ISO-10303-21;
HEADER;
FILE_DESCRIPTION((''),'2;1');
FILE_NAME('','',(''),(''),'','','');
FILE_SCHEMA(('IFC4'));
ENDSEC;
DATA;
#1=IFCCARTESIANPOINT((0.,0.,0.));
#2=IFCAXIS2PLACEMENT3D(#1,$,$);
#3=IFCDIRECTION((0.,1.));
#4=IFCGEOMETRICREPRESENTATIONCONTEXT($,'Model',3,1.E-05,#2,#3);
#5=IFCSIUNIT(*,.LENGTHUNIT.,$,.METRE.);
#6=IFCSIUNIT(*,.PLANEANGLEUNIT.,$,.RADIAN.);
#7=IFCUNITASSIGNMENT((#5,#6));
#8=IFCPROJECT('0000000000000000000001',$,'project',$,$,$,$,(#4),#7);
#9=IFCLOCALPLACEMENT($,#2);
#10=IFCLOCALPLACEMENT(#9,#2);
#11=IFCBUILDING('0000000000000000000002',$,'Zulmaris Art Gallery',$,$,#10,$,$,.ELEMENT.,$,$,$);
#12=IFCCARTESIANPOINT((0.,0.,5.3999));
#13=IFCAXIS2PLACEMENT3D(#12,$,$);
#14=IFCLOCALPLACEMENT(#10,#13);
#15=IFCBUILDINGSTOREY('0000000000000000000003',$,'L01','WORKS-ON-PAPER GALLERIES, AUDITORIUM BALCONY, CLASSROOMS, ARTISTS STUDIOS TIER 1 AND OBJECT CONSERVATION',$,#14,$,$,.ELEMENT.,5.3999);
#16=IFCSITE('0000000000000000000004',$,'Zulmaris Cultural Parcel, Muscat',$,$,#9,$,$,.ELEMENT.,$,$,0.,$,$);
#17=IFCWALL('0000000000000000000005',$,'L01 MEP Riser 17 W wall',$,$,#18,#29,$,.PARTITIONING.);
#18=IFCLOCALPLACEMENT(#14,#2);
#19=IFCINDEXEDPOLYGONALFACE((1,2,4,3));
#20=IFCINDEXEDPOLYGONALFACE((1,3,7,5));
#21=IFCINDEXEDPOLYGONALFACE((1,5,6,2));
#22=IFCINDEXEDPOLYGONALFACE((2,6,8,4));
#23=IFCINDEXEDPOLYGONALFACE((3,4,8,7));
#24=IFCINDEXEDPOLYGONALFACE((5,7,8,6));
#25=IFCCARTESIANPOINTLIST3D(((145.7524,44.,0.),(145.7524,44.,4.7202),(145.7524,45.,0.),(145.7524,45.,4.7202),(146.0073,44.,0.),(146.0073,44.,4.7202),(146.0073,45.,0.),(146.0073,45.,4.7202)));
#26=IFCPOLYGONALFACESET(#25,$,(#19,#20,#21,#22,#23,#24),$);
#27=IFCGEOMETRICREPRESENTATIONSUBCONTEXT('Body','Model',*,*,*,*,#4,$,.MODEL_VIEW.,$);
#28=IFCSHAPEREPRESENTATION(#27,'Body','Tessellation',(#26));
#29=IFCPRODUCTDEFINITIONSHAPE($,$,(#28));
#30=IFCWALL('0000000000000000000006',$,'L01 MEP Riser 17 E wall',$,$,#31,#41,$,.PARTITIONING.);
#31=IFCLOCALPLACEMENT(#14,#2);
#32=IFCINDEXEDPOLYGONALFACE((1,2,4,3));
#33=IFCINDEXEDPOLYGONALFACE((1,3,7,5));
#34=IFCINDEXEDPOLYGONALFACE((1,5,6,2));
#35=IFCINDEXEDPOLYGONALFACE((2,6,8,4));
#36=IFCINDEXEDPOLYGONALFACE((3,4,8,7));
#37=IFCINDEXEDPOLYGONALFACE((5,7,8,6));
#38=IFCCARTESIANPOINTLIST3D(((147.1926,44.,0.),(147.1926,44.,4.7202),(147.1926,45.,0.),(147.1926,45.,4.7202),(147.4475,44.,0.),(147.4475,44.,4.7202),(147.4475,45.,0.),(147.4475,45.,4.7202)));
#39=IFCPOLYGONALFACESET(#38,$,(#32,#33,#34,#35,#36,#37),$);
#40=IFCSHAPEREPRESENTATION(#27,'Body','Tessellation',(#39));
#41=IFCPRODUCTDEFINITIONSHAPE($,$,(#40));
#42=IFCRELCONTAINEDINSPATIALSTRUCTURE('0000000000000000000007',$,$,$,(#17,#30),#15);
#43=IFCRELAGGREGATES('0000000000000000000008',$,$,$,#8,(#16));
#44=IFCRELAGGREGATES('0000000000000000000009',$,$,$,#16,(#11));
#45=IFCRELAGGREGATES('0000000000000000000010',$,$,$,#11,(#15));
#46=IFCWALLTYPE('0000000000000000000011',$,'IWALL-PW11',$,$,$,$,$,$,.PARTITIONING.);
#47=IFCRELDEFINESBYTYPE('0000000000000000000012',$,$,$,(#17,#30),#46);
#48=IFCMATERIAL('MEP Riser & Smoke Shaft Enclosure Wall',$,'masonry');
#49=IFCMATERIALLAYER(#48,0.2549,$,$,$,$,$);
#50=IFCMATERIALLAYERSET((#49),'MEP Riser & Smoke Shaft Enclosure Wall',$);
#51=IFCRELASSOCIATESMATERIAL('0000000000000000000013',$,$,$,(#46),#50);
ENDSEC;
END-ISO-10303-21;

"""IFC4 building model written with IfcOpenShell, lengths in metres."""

from ifc_helpers import new_model, si_unit, direction, frame, frame_2d, origin, place, context, subcontext, project, spatial, rectangle, extrude, material, layer, layer_set, type_object, element, save


model = new_model("IFC4")

# Units and contexts
model_context = context("Model", 3, precision=1e-05, world=origin(), true_north=direction((0.0, 1.0)))
body_context = subcontext(model_context, "Body", "Model", "MODEL_VIEW")
ifc_project = project(units=[si_unit("LENGTHUNIT", "METRE"), si_unit("PLANEANGLEUNIT", "RADIAN")], contexts=[model_context])

# Site, building, storey
site_placement = place(None, origin())
site = spatial("IfcSite", under=ifc_project, at=site_placement, Name="Zulmaris Cultural Parcel, Muscat", CompositionType="ELEMENT", RefElevation=0.0)
building_placement = place(site_placement, origin())
building = spatial("IfcBuilding", under=site, at=building_placement, Name="Zulmaris Art Gallery", CompositionType="ELEMENT")
storey_placement = place(building_placement, frame((0.0, 0.0, 5.3999)))
storey = spatial("IfcBuildingStorey", under=building, at=storey_placement, Name="L01", Description="WORKS-ON-PAPER GALLERIES, AUDITORIUM BALCONY, CLASSROOMS, ARTISTS STUDIOS TIER 1 AND OBJECT CONSERVATION", CompositionType="ELEMENT", Elevation=5.3999)

# Walls
ifc_material_1 = material(Name="MEP Riser & Smoke Shaft Enclosure Wall", Category="masonry")
ifc_layer_1 = layer(ifc_material_1, 0.2549)
ifc_layer_set_1 = layer_set([ifc_layer_1], Name="MEP Riser & Smoke Shaft Enclosure Wall")
wall_type_1 = type_object("IfcWallType", Name="IWALL-PW11", PredefinedType="PARTITIONING", material=ifc_layer_set_1)
for number, where, z_axis, x_axis, name in (
    (1, (145.8799, 44.0, 0.0), (0.0, 0.0, 1.0), (0.0, 1.0, 0.0), "L01 MEP Riser 17 W wall"),
    (2, (147.3201, 44.0, 0.0), (0.0, 0.0, 1.0), (0.0, 1.0, 0.0), "L01 MEP Riser 17 E wall"),
):
    element("IfcWall", number, at=place(storey_placement, frame(where, z_axis=z_axis, x_axis=x_axis)), inside=storey, type_object=wall_type_1, Name=name, PredefinedType="PARTITIONING", context=body_context, shape_type="SweptSolid", body=[
        extrude(rectangle(XDim=1.0, YDim=0.2549, at=frame_2d((0.5, 0.0))), origin(), (0.0, 0.0, 1.0), 4.7202),
    ])

save(model, "model.ifc")
